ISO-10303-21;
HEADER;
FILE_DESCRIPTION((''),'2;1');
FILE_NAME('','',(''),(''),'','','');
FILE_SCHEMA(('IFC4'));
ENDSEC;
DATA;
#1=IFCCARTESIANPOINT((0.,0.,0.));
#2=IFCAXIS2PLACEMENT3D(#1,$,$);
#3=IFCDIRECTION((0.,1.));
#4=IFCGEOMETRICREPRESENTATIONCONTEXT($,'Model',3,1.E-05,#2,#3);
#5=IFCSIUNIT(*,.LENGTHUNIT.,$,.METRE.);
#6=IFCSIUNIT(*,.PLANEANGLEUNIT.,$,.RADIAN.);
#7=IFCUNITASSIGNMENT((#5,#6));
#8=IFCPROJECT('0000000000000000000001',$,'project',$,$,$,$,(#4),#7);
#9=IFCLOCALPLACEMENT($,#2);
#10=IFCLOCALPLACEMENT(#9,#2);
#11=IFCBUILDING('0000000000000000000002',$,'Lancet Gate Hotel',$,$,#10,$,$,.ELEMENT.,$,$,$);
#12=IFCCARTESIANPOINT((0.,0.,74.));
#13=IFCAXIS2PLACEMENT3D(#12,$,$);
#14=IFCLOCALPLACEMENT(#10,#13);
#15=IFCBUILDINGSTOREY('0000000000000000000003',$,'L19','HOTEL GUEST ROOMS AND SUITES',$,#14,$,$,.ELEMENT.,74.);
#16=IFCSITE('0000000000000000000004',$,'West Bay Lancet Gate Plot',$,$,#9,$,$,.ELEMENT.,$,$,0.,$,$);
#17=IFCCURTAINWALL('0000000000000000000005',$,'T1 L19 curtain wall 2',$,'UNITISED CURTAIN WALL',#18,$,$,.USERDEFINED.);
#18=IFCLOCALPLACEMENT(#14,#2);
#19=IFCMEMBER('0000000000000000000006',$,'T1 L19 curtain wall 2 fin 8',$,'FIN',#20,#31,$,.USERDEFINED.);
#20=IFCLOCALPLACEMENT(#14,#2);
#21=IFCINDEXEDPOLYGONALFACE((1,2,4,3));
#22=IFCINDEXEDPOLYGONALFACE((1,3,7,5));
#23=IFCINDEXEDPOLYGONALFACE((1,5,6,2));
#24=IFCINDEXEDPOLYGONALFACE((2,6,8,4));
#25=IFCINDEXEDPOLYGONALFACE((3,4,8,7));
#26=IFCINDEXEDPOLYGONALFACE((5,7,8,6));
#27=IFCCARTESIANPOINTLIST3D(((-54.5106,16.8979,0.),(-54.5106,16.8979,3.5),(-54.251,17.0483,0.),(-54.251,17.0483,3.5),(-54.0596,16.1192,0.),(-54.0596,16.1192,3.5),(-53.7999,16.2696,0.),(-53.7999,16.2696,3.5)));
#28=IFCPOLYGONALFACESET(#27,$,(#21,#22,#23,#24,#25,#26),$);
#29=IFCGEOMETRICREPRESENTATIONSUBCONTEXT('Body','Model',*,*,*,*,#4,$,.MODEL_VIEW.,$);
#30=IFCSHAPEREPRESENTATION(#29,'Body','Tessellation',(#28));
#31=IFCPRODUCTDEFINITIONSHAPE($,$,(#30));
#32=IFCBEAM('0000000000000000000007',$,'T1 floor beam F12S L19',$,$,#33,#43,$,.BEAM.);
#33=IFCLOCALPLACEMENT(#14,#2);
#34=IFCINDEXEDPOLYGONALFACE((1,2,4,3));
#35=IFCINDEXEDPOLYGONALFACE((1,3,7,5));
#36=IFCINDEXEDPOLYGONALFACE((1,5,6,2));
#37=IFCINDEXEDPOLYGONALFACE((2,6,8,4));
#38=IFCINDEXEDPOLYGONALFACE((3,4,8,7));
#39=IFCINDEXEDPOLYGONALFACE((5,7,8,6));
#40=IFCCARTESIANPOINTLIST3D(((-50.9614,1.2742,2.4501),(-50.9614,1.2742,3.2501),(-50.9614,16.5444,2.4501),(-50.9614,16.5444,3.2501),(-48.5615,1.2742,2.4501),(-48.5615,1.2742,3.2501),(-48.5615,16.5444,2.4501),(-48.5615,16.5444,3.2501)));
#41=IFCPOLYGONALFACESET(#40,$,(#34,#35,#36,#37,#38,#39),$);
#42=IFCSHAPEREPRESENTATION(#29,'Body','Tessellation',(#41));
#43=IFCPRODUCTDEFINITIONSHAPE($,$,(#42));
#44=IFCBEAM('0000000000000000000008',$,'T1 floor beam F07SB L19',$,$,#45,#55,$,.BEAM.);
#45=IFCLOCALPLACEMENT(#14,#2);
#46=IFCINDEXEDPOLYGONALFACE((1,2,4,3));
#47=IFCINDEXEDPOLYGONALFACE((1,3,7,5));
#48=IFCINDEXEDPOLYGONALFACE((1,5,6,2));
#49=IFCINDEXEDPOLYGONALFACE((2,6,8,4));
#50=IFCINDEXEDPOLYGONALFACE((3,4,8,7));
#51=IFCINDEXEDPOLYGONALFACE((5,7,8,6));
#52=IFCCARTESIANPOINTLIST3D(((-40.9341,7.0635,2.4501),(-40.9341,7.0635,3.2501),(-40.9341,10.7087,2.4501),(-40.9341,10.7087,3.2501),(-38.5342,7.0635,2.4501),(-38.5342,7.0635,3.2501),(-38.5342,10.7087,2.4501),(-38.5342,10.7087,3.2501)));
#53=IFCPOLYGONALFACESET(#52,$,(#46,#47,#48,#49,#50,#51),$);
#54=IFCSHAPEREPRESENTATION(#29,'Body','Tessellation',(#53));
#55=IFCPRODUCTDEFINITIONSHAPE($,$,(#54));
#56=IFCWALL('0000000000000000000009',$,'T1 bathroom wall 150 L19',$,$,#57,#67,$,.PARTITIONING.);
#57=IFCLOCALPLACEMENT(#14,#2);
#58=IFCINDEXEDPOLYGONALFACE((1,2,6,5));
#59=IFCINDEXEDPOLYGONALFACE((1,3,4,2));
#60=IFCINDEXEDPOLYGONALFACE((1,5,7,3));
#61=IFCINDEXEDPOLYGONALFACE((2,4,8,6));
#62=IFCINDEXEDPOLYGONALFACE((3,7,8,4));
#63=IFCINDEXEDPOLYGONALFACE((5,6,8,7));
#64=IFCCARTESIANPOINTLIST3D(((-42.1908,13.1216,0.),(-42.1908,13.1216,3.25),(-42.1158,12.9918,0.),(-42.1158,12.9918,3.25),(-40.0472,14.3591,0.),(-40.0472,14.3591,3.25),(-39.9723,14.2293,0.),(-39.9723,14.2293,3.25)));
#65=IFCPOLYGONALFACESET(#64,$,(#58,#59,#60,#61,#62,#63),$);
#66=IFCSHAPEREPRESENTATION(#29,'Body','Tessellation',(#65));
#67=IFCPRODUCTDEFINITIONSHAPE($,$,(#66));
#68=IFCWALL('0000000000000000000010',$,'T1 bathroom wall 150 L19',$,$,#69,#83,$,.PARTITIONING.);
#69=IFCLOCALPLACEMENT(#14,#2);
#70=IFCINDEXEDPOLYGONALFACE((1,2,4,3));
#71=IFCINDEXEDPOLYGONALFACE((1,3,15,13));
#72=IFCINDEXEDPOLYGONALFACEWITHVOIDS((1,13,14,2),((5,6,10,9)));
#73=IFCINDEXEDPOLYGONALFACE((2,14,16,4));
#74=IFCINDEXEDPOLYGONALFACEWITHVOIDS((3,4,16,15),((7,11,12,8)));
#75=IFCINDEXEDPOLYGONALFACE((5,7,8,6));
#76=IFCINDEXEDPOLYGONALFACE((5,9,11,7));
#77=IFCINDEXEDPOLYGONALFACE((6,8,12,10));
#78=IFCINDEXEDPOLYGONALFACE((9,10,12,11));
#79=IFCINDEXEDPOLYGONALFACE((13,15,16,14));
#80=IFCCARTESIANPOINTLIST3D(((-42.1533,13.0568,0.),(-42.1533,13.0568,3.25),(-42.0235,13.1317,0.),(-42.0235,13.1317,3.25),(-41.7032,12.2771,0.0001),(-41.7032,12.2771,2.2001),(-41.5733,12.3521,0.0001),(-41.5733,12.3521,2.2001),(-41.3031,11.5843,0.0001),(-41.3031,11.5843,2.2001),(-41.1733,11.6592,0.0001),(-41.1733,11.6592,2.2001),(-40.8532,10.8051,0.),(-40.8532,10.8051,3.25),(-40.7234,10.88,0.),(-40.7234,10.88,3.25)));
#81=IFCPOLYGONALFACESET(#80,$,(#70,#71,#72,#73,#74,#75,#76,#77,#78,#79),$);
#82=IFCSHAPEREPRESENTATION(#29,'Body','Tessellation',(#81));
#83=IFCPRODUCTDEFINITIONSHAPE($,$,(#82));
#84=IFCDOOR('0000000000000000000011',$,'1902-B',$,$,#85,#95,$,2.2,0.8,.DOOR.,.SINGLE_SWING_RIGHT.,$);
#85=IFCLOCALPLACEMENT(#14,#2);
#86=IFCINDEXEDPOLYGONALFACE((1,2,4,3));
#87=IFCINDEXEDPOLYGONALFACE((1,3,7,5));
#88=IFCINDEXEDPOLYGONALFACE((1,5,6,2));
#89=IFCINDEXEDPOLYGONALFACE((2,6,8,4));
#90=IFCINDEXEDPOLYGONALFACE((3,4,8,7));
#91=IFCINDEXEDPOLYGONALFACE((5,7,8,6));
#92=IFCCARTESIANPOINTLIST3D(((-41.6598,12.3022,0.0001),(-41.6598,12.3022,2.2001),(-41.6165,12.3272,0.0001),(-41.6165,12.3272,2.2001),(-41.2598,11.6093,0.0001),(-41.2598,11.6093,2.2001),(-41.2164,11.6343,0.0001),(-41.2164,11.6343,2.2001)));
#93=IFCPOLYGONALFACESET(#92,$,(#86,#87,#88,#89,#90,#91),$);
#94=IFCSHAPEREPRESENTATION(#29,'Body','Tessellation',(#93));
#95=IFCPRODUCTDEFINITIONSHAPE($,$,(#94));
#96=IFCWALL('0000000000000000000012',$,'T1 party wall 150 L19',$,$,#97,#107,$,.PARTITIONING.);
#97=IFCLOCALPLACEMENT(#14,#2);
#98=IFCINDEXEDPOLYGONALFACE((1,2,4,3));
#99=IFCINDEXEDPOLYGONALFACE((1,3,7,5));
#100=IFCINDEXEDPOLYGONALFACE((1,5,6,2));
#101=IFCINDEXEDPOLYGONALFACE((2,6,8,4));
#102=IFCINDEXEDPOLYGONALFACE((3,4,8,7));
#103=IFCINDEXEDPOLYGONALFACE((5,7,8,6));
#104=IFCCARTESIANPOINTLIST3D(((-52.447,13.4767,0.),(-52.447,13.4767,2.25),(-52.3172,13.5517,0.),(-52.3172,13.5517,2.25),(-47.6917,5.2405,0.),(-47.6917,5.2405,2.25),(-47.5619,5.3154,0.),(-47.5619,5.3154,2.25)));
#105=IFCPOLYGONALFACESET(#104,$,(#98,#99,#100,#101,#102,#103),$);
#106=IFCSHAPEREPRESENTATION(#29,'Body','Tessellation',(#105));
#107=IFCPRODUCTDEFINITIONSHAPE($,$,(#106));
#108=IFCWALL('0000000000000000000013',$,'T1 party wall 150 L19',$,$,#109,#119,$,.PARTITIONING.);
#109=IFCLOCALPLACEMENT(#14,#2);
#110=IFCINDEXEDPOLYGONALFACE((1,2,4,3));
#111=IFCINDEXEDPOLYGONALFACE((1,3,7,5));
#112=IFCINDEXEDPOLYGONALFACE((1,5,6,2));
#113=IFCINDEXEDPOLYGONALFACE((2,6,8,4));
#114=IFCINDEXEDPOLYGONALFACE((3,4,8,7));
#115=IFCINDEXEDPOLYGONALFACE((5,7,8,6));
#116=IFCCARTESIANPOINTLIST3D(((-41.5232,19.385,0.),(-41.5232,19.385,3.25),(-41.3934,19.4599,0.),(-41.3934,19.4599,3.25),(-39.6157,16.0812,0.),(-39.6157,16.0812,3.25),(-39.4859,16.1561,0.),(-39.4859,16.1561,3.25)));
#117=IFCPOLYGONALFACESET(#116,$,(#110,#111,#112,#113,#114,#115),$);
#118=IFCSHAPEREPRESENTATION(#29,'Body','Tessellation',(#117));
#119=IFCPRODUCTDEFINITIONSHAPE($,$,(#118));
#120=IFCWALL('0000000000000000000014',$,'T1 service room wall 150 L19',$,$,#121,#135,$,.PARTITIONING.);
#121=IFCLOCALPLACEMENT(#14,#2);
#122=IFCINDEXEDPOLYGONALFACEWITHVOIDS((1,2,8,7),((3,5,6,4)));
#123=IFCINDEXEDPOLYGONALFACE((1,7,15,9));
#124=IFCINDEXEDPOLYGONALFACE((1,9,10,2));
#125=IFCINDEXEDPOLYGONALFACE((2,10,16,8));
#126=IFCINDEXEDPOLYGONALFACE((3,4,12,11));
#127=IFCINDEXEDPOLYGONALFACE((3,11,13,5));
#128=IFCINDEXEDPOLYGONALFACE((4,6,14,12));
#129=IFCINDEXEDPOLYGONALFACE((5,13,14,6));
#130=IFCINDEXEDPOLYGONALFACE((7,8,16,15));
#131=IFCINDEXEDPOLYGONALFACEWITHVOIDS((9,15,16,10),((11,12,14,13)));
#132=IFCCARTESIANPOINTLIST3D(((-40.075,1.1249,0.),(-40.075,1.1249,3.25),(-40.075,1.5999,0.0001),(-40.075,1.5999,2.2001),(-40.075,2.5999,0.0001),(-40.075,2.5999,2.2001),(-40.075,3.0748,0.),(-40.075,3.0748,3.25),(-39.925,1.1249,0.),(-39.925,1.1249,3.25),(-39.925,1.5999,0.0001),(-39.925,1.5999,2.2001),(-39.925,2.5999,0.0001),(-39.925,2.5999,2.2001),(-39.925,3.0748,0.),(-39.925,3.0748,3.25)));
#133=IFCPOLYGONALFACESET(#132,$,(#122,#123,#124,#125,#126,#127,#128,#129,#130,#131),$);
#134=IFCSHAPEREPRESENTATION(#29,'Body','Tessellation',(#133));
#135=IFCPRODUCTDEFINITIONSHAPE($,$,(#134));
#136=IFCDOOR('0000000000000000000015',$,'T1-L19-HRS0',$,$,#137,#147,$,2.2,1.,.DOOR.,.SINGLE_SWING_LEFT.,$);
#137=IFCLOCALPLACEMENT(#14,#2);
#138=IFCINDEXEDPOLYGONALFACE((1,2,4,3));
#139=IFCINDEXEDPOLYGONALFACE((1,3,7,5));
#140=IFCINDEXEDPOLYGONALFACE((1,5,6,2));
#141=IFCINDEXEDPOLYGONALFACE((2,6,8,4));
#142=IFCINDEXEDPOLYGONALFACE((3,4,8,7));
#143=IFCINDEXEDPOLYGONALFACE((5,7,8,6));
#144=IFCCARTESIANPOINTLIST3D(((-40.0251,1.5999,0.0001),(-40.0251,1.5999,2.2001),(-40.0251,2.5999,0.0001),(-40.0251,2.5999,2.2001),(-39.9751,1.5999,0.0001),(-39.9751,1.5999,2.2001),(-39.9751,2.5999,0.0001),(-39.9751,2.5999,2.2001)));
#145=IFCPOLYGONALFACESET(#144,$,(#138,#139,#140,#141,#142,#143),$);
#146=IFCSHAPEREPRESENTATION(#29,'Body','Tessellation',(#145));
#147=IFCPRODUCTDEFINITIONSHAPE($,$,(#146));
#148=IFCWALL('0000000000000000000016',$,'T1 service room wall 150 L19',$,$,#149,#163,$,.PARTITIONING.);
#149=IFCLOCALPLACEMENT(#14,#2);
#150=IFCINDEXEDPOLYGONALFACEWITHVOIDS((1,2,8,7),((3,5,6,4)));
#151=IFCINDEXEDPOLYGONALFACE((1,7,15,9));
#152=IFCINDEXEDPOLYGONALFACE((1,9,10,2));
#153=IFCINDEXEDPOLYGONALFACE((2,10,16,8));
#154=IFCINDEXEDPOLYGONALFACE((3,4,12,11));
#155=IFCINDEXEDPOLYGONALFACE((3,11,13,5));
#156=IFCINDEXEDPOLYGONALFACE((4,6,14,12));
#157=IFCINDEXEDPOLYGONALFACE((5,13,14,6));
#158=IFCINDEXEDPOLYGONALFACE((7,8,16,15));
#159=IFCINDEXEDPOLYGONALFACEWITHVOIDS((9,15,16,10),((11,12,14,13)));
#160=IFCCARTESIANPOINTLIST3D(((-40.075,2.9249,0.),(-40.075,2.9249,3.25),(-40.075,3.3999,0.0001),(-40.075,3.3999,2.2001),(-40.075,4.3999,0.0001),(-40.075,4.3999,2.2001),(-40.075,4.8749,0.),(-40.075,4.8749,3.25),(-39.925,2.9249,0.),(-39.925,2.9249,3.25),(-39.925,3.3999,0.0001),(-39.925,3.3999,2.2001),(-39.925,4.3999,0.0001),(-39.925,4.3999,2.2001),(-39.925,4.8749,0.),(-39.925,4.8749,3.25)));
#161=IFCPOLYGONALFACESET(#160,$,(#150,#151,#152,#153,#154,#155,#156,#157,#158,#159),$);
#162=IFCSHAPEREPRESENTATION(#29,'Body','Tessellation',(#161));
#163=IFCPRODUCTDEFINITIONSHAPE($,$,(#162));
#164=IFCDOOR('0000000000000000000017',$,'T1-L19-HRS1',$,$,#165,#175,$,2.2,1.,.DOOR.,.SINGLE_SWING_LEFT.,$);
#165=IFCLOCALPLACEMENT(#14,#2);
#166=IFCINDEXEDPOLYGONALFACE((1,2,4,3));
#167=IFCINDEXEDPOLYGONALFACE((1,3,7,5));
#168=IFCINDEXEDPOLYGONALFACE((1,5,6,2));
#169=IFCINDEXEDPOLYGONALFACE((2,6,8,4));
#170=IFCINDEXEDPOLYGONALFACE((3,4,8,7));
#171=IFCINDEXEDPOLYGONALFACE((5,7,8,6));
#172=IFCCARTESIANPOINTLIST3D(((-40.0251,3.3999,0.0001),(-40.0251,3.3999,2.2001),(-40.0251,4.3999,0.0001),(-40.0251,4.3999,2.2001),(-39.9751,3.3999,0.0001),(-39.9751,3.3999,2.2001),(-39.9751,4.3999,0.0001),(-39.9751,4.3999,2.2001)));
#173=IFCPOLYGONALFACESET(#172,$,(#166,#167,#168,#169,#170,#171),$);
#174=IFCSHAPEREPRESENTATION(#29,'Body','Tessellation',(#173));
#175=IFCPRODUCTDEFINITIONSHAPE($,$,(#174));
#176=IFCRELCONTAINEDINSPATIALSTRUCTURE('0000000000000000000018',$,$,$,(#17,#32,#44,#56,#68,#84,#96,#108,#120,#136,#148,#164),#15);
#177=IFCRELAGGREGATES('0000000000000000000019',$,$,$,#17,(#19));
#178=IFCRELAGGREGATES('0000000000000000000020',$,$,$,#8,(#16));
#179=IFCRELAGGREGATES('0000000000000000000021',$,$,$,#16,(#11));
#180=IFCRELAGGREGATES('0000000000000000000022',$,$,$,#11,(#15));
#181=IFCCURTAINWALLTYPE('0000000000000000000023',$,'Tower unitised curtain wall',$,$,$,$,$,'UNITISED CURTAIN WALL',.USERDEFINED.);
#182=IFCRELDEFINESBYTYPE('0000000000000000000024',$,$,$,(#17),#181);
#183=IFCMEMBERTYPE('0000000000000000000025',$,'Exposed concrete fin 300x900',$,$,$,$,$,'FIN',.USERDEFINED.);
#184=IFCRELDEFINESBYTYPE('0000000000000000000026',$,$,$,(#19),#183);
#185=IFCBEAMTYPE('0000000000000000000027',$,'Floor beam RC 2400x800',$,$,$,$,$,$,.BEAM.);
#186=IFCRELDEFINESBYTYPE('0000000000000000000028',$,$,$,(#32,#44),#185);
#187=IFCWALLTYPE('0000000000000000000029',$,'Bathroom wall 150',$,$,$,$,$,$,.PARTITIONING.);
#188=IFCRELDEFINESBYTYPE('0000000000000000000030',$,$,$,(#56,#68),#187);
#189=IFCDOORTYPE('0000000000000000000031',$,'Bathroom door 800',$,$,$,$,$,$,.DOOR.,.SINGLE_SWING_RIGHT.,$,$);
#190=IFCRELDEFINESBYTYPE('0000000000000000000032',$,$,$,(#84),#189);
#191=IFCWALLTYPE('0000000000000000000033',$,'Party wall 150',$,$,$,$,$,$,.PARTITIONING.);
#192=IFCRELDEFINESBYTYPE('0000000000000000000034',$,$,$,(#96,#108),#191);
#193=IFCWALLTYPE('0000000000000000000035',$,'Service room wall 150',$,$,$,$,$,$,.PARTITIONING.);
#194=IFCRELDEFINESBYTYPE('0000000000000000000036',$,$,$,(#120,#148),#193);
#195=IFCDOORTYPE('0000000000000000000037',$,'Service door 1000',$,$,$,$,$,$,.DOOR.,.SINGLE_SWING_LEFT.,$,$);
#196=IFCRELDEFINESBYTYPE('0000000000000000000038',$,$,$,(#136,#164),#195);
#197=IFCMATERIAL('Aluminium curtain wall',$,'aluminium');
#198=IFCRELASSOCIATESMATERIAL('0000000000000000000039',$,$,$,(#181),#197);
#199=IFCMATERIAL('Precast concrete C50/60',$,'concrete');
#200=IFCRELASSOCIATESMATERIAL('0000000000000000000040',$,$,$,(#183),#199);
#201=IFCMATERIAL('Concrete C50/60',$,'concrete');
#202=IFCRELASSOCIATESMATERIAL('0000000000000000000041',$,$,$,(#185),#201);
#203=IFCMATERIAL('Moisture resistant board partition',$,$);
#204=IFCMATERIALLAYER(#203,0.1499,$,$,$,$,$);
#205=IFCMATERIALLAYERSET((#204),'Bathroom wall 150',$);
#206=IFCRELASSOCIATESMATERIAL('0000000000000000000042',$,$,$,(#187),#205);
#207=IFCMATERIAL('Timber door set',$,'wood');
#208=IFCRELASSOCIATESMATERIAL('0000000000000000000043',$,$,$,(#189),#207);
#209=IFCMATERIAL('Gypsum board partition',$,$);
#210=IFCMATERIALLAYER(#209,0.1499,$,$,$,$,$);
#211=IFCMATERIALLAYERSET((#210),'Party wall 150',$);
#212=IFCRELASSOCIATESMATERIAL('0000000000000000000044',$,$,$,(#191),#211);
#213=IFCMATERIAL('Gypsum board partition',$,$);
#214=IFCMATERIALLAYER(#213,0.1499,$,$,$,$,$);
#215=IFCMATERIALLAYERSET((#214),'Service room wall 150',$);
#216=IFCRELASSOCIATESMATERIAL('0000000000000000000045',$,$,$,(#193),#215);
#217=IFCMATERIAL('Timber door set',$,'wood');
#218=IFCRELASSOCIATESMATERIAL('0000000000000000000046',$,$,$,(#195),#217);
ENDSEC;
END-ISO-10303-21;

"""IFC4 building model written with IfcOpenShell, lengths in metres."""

from ifc_helpers import new_model, si_unit, direction, frame, frame_2d, origin, origin_2d, place, context, subcontext, project, spatial, rectangle, extrude, material, layer, layer_set, material_profile, profile_set, type_object, element, fill, aggregate, save


model = new_model("IFC4")

# Units and contexts
model_context = context("Model", 3, precision=1e-05, world=origin(), true_north=direction((0.0, 1.0)))
body_context = subcontext(model_context, "Body", "Model", "MODEL_VIEW")
ifc_project = project(units=[si_unit("LENGTHUNIT", "METRE"), si_unit("PLANEANGLEUNIT", "RADIAN")], contexts=[model_context])

# Site, building, storey
site_placement = place(None, origin())
site = spatial("IfcSite", under=ifc_project, at=site_placement, Name="West Bay Lancet Gate Plot", CompositionType="ELEMENT", RefElevation=0.0)
building_placement = place(site_placement, origin())
building = spatial("IfcBuilding", under=site, at=building_placement, Name="Lancet Gate Hotel", CompositionType="ELEMENT")
storey_placement = place(building_placement, frame((0.0, 0.0, 74.0)))
storey = spatial("IfcBuildingStorey", under=building, at=storey_placement, Name="L19", Description="HOTEL GUEST ROOMS AND SUITES", CompositionType="ELEMENT", Elevation=74.0)

# Curtain wall
ifc_material_1 = material(Name="Aluminium curtain wall", Category="aluminium")
curtain_wall_type = type_object("IfcCurtainWallType", Name="Tower unitised curtain wall", ElementType="UNITISED CURTAIN WALL", PredefinedType="USERDEFINED", material=ifc_material_1)
curtain_wall_placement = place(storey_placement, origin())
curtain_wall = element("IfcCurtainWall", 1, at=curtain_wall_placement, inside=storey, type_object=curtain_wall_type, Name="T1 L19 curtain wall 2", ObjectType="UNITISED CURTAIN WALL", PredefinedType="USERDEFINED")

# Member
ifc_material_2 = material(Name="Precast concrete C50/60", Category="concrete")
ifc_material_profile_1 = material_profile(ifc_material_2, rectangle(XDim=0.3, YDim=0.8999, at=origin_2d()), Name="FIN 300x900")
ifc_profile_set_1 = profile_set([ifc_material_profile_1], Name="Precast concrete C50/60")
member_type_1 = type_object("IfcMemberType", Name="Exposed concrete fin 300x900", ElementType="FIN", PredefinedType="USERDEFINED", material=ifc_profile_set_1)
member_1_placement = place(storey_placement, frame((-54.1553, 16.5837, 0.0), z_axis=(0.0, 0.0, 1.0), x_axis=(-0.865335, -0.501194, 0.0)))
member_1 = element("IfcMember", 2, at=member_1_placement, type_object=member_type_1, Name="T1 L19 curtain wall 2 fin 8", ObjectType="FIN", PredefinedType="USERDEFINED", context=body_context, shape_type="SweptSolid", body=[
    extrude(rectangle(XDim=0.3, YDim=0.8999, at=origin_2d()), origin(), (0.0, 0.0, 1.0), 3.5),
])
aggregate(curtain_wall, [member_1])

# Beams
ifc_material_3 = material(Name="Concrete C50/60", Category="concrete")
ifc_material_profile_2 = material_profile(ifc_material_3, rectangle(XDim=2.3999, YDim=0.8, at=origin_2d()), Name="RC 2400x800")
ifc_profile_set_2 = profile_set([ifc_material_profile_2], Name="Concrete C50/60")
beam_type_1 = type_object("IfcBeamType", Name="Floor beam RC 2400x800", PredefinedType="BEAM", material=ifc_profile_set_2)
beam_1_placement = place(storey_placement, frame((-49.7615, 16.5444, 2.8501), z_axis=(0.0, -1.0, 0.0), x_axis=(1.0, 0.0, 0.0)))
element("IfcBeam", 3, at=beam_1_placement, inside=storey, type_object=beam_type_1, Name="T1 floor beam F12S L19", PredefinedType="BEAM", context=body_context, shape_type="SweptSolid", body=[
    extrude(rectangle(XDim=2.3999, YDim=0.8, at=origin_2d()), origin(), (0.0, 0.0, 1.0), 15.2703),
])
beam_2_placement = place(storey_placement, frame((-39.7341, 10.7087, 2.8501), z_axis=(0.0, -1.0, 0.0), x_axis=(1.0, 0.0, 0.0)))
element("IfcBeam", 4, at=beam_2_placement, inside=storey, type_object=beam_type_1, Name="T1 floor beam F07SB L19", PredefinedType="BEAM", context=body_context, shape_type="SweptSolid", body=[
    extrude(rectangle(XDim=2.3999, YDim=0.8, at=origin_2d()), origin(), (0.0, 0.0, 1.0), 3.6453),
])

# Wall
ifc_material_4 = material(Name="Moisture resistant board partition")
ifc_layer_1 = layer(ifc_material_4, 0.1499)
ifc_layer_set_1 = layer_set([ifc_layer_1], Name="Bathroom wall 150")
wall_type_1 = type_object("IfcWallType", Name="Bathroom wall 150", PredefinedType="PARTITIONING", material=ifc_layer_set_1)
wall_1_placement = place(storey_placement, frame((-40.0098, 14.2942, 0.0), z_axis=(0.0, 0.0, 1.0), x_axis=(-0.866031, -0.49999, 0.0)))
element("IfcWall", 5, at=wall_1_placement, inside=storey, type_object=wall_type_1, Name="T1 bathroom wall 150 L19", PredefinedType="PARTITIONING", context=body_context, shape_type="SweptSolid", body=[
    extrude(rectangle(XDim=2.4751, YDim=0.1499, at=frame_2d((1.2375, 0.0))), origin(), (0.0, 0.0, 1.0), 3.25),
])

# Wall, opening, door
wall_2_placement = place(storey_placement, frame((-40.7883, 10.8425, 0.0), z_axis=(0.0, 0.0, 1.0), x_axis=(-0.500007, 0.866021, 0.0)))
wall_2 = element("IfcWall", 6, at=wall_2_placement, inside=storey, type_object=wall_type_1, Name="T1 bathroom wall 150 L19", PredefinedType="PARTITIONING", context=body_context, shape_type="SweptSolid", body=[
    extrude(rectangle(XDim=2.6001, YDim=0.1499, at=frame_2d((1.3, 0.0))), origin(), (0.0, 0.0, 1.0), 3.25),
])
opening_1_placement = place(wall_2_placement, frame((0.8999, 0.0, 0.0)))
opening_1 = element("IfcOpeningElement", 7, at=opening_1_placement, cuts=wall_2, PredefinedType="OPENING", context=body_context, shape_type="SweptSolid", body=[
    extrude(rectangle(XDim=0.8, YDim=2.2, at=frame_2d((0.3999, 1.1001))), frame((0.0, 0.085, 0.0), z_axis=(0.0, -1.0, 0.0), x_axis=(1.0, 0.0, 0.0)), (0.0, 0.0, 1.0), 0.1699),
])
ifc_material_5 = material(Name="Timber door set", Category="wood")
door_type_1 = type_object("IfcDoorType", Name="Bathroom door 800", OperationType="SINGLE_SWING_RIGHT", PredefinedType="DOOR", material=ifc_material_5)
door_1_placement = place(opening_1_placement, origin())
door_1 = element("IfcDoor", 8, at=door_1_placement, inside=storey, type_object=door_type_1, Name="1902-B", OperationType="SINGLE_SWING_RIGHT", OverallHeight=2.2, OverallWidth=0.8, PredefinedType="DOOR", context=body_context, shape_type="SweptSolid", body=[
    extrude(rectangle(XDim=0.8, YDim=2.2, at=frame_2d((0.3999, 1.1001))), frame((0.0, 0.0249, 0.0), z_axis=(0.0, -1.0, 0.0), x_axis=(1.0, 0.0, 0.0)), (0.0, 0.0, 1.0), 0.05),
])
fill(opening_1, door_1)

# Walls
ifc_material_6 = material(Name="Gypsum board partition")
ifc_layer_2 = layer(ifc_material_6, 0.1499)
ifc_layer_set_2 = layer_set([ifc_layer_2], Name="Party wall 150")
wall_type_2 = type_object("IfcWallType", Name="Party wall 150", PredefinedType="PARTITIONING", material=ifc_layer_set_2)
wall_3_placement = place(storey_placement, frame((-47.6267, 5.2778, 0.0), z_axis=(0.0, 0.0, 1.0), x_axis=(-0.50001, 0.86602, 0.0)))
element("IfcWall", 9, at=wall_3_placement, inside=storey, type_object=wall_type_2, Name="T1 party wall 150 L19", PredefinedType="PARTITIONING", context=body_context, shape_type="SweptSolid", body=[
    extrude(rectangle(XDim=9.5105, YDim=0.1499, at=frame_2d((4.7554, 0.0))), origin(), (0.0, 0.0, 1.0), 2.25),
])
wall_4_placement = place(storey_placement, frame((-39.5508, 16.1187, 0.0), z_axis=(0.0, 0.0, 1.0), x_axis=(-0.500014, 0.866017, 0.0)))
element("IfcWall", 10, at=wall_4_placement, inside=storey, type_object=wall_type_2, Name="T1 party wall 150 L19", PredefinedType="PARTITIONING", context=body_context, shape_type="SweptSolid", body=[
    extrude(rectangle(XDim=3.8149, YDim=0.1499, at=frame_2d((1.9075, 0.0))), origin(), (0.0, 0.0, 1.0), 3.25),
])

# Walls, openings, doors
ifc_material_7 = material(Name="Gypsum board partition")
ifc_layer_3 = layer(ifc_material_7, 0.1499)
ifc_layer_set_3 = layer_set([ifc_layer_3], Name="Service room wall 150")
wall_type_3 = type_object("IfcWallType", Name="Service room wall 150", PredefinedType="PARTITIONING", material=ifc_layer_set_3)
wall_5_placement = place(storey_placement, frame((-40.0, 3.075, 0.0), z_axis=(0.0, 0.0, 1.0), x_axis=(0.0, -1.0, 0.0)))
wall_5 = element("IfcWall", 11, at=wall_5_placement, inside=storey, type_object=wall_type_3, Name="T1 service room wall 150 L19", PredefinedType="PARTITIONING", context=body_context, shape_type="SweptSolid", body=[
    extrude(rectangle(XDim=1.95, YDim=0.1499, at=frame_2d((0.9751, 0.0))), origin(), (0.0, 0.0, 1.0), 3.25),
])
opening_2_placement = place(wall_5_placement, frame((0.4751, 0.0, 0.0)))
opening_2 = element("IfcOpeningElement", 12, at=opening_2_placement, cuts=wall_5, PredefinedType="OPENING", context=body_context, shape_type="SweptSolid", body=[
    extrude(rectangle(XDim=1.0, YDim=2.2, at=frame_2d((0.5, 1.1001))), frame((0.0, 0.085, 0.0), z_axis=(0.0, -1.0, 0.0), x_axis=(1.0, 0.0, 0.0)), (0.0, 0.0, 1.0), 0.1699),
])
ifc_material_8 = material(Name="Timber door set", Category="wood")
door_type_2 = type_object("IfcDoorType", Name="Service door 1000", OperationType="SINGLE_SWING_LEFT", PredefinedType="DOOR", material=ifc_material_8)
door_2_placement = place(opening_2_placement, origin())
door_2 = element("IfcDoor", 13, at=door_2_placement, inside=storey, type_object=door_type_2, Name="T1-L19-HRS0", OperationType="SINGLE_SWING_LEFT", OverallHeight=2.2, OverallWidth=1.0, PredefinedType="DOOR", context=body_context, shape_type="SweptSolid", body=[
    extrude(rectangle(XDim=1.0, YDim=2.2, at=frame_2d((0.5, 1.1001))), frame((0.0, 0.0249, 0.0), z_axis=(0.0, -1.0, 0.0), x_axis=(1.0, 0.0, 0.0)), (0.0, 0.0, 1.0), 0.05),
])
fill(opening_2, door_2)
wall_6_placement = place(storey_placement, frame((-40.0, 4.875, 0.0), z_axis=(0.0, 0.0, 1.0), x_axis=(0.0, -1.0, 0.0)))
wall_6 = element("IfcWall", 14, at=wall_6_placement, inside=storey, type_object=wall_type_3, Name="T1 service room wall 150 L19", PredefinedType="PARTITIONING", context=body_context, shape_type="SweptSolid", body=[
    extrude(rectangle(XDim=1.95, YDim=0.1499, at=frame_2d((0.9751, 0.0))), origin(), (0.0, 0.0, 1.0), 3.25),
])
opening_3_placement = place(wall_6_placement, frame((0.4751, 0.0, 0.0)))
opening_3 = element("IfcOpeningElement", 15, at=opening_3_placement, cuts=wall_6, PredefinedType="OPENING", context=body_context, shape_type="SweptSolid", body=[
    extrude(rectangle(XDim=1.0, YDim=2.2, at=frame_2d((0.5, 1.1001))), frame((0.0, 0.085, 0.0), z_axis=(0.0, -1.0, 0.0), x_axis=(1.0, 0.0, 0.0)), (0.0, 0.0, 1.0), 0.1699),
])
door_3_placement = place(opening_3_placement, origin())
door_3 = element("IfcDoor", 16, at=door_3_placement, inside=storey, type_object=door_type_2, Name="T1-L19-HRS1", OperationType="SINGLE_SWING_LEFT", OverallHeight=2.2, OverallWidth=1.0, PredefinedType="DOOR", context=body_context, shape_type="SweptSolid", body=[
    extrude(rectangle(XDim=1.0, YDim=2.2, at=frame_2d((0.5, 1.1001))), frame((0.0, 0.0249, 0.0), z_axis=(0.0, -1.0, 0.0), x_axis=(1.0, 0.0, 0.0)), (0.0, 0.0, 1.0), 0.05),
])
fill(opening_3, door_3)

save(model, "model.ifc")
